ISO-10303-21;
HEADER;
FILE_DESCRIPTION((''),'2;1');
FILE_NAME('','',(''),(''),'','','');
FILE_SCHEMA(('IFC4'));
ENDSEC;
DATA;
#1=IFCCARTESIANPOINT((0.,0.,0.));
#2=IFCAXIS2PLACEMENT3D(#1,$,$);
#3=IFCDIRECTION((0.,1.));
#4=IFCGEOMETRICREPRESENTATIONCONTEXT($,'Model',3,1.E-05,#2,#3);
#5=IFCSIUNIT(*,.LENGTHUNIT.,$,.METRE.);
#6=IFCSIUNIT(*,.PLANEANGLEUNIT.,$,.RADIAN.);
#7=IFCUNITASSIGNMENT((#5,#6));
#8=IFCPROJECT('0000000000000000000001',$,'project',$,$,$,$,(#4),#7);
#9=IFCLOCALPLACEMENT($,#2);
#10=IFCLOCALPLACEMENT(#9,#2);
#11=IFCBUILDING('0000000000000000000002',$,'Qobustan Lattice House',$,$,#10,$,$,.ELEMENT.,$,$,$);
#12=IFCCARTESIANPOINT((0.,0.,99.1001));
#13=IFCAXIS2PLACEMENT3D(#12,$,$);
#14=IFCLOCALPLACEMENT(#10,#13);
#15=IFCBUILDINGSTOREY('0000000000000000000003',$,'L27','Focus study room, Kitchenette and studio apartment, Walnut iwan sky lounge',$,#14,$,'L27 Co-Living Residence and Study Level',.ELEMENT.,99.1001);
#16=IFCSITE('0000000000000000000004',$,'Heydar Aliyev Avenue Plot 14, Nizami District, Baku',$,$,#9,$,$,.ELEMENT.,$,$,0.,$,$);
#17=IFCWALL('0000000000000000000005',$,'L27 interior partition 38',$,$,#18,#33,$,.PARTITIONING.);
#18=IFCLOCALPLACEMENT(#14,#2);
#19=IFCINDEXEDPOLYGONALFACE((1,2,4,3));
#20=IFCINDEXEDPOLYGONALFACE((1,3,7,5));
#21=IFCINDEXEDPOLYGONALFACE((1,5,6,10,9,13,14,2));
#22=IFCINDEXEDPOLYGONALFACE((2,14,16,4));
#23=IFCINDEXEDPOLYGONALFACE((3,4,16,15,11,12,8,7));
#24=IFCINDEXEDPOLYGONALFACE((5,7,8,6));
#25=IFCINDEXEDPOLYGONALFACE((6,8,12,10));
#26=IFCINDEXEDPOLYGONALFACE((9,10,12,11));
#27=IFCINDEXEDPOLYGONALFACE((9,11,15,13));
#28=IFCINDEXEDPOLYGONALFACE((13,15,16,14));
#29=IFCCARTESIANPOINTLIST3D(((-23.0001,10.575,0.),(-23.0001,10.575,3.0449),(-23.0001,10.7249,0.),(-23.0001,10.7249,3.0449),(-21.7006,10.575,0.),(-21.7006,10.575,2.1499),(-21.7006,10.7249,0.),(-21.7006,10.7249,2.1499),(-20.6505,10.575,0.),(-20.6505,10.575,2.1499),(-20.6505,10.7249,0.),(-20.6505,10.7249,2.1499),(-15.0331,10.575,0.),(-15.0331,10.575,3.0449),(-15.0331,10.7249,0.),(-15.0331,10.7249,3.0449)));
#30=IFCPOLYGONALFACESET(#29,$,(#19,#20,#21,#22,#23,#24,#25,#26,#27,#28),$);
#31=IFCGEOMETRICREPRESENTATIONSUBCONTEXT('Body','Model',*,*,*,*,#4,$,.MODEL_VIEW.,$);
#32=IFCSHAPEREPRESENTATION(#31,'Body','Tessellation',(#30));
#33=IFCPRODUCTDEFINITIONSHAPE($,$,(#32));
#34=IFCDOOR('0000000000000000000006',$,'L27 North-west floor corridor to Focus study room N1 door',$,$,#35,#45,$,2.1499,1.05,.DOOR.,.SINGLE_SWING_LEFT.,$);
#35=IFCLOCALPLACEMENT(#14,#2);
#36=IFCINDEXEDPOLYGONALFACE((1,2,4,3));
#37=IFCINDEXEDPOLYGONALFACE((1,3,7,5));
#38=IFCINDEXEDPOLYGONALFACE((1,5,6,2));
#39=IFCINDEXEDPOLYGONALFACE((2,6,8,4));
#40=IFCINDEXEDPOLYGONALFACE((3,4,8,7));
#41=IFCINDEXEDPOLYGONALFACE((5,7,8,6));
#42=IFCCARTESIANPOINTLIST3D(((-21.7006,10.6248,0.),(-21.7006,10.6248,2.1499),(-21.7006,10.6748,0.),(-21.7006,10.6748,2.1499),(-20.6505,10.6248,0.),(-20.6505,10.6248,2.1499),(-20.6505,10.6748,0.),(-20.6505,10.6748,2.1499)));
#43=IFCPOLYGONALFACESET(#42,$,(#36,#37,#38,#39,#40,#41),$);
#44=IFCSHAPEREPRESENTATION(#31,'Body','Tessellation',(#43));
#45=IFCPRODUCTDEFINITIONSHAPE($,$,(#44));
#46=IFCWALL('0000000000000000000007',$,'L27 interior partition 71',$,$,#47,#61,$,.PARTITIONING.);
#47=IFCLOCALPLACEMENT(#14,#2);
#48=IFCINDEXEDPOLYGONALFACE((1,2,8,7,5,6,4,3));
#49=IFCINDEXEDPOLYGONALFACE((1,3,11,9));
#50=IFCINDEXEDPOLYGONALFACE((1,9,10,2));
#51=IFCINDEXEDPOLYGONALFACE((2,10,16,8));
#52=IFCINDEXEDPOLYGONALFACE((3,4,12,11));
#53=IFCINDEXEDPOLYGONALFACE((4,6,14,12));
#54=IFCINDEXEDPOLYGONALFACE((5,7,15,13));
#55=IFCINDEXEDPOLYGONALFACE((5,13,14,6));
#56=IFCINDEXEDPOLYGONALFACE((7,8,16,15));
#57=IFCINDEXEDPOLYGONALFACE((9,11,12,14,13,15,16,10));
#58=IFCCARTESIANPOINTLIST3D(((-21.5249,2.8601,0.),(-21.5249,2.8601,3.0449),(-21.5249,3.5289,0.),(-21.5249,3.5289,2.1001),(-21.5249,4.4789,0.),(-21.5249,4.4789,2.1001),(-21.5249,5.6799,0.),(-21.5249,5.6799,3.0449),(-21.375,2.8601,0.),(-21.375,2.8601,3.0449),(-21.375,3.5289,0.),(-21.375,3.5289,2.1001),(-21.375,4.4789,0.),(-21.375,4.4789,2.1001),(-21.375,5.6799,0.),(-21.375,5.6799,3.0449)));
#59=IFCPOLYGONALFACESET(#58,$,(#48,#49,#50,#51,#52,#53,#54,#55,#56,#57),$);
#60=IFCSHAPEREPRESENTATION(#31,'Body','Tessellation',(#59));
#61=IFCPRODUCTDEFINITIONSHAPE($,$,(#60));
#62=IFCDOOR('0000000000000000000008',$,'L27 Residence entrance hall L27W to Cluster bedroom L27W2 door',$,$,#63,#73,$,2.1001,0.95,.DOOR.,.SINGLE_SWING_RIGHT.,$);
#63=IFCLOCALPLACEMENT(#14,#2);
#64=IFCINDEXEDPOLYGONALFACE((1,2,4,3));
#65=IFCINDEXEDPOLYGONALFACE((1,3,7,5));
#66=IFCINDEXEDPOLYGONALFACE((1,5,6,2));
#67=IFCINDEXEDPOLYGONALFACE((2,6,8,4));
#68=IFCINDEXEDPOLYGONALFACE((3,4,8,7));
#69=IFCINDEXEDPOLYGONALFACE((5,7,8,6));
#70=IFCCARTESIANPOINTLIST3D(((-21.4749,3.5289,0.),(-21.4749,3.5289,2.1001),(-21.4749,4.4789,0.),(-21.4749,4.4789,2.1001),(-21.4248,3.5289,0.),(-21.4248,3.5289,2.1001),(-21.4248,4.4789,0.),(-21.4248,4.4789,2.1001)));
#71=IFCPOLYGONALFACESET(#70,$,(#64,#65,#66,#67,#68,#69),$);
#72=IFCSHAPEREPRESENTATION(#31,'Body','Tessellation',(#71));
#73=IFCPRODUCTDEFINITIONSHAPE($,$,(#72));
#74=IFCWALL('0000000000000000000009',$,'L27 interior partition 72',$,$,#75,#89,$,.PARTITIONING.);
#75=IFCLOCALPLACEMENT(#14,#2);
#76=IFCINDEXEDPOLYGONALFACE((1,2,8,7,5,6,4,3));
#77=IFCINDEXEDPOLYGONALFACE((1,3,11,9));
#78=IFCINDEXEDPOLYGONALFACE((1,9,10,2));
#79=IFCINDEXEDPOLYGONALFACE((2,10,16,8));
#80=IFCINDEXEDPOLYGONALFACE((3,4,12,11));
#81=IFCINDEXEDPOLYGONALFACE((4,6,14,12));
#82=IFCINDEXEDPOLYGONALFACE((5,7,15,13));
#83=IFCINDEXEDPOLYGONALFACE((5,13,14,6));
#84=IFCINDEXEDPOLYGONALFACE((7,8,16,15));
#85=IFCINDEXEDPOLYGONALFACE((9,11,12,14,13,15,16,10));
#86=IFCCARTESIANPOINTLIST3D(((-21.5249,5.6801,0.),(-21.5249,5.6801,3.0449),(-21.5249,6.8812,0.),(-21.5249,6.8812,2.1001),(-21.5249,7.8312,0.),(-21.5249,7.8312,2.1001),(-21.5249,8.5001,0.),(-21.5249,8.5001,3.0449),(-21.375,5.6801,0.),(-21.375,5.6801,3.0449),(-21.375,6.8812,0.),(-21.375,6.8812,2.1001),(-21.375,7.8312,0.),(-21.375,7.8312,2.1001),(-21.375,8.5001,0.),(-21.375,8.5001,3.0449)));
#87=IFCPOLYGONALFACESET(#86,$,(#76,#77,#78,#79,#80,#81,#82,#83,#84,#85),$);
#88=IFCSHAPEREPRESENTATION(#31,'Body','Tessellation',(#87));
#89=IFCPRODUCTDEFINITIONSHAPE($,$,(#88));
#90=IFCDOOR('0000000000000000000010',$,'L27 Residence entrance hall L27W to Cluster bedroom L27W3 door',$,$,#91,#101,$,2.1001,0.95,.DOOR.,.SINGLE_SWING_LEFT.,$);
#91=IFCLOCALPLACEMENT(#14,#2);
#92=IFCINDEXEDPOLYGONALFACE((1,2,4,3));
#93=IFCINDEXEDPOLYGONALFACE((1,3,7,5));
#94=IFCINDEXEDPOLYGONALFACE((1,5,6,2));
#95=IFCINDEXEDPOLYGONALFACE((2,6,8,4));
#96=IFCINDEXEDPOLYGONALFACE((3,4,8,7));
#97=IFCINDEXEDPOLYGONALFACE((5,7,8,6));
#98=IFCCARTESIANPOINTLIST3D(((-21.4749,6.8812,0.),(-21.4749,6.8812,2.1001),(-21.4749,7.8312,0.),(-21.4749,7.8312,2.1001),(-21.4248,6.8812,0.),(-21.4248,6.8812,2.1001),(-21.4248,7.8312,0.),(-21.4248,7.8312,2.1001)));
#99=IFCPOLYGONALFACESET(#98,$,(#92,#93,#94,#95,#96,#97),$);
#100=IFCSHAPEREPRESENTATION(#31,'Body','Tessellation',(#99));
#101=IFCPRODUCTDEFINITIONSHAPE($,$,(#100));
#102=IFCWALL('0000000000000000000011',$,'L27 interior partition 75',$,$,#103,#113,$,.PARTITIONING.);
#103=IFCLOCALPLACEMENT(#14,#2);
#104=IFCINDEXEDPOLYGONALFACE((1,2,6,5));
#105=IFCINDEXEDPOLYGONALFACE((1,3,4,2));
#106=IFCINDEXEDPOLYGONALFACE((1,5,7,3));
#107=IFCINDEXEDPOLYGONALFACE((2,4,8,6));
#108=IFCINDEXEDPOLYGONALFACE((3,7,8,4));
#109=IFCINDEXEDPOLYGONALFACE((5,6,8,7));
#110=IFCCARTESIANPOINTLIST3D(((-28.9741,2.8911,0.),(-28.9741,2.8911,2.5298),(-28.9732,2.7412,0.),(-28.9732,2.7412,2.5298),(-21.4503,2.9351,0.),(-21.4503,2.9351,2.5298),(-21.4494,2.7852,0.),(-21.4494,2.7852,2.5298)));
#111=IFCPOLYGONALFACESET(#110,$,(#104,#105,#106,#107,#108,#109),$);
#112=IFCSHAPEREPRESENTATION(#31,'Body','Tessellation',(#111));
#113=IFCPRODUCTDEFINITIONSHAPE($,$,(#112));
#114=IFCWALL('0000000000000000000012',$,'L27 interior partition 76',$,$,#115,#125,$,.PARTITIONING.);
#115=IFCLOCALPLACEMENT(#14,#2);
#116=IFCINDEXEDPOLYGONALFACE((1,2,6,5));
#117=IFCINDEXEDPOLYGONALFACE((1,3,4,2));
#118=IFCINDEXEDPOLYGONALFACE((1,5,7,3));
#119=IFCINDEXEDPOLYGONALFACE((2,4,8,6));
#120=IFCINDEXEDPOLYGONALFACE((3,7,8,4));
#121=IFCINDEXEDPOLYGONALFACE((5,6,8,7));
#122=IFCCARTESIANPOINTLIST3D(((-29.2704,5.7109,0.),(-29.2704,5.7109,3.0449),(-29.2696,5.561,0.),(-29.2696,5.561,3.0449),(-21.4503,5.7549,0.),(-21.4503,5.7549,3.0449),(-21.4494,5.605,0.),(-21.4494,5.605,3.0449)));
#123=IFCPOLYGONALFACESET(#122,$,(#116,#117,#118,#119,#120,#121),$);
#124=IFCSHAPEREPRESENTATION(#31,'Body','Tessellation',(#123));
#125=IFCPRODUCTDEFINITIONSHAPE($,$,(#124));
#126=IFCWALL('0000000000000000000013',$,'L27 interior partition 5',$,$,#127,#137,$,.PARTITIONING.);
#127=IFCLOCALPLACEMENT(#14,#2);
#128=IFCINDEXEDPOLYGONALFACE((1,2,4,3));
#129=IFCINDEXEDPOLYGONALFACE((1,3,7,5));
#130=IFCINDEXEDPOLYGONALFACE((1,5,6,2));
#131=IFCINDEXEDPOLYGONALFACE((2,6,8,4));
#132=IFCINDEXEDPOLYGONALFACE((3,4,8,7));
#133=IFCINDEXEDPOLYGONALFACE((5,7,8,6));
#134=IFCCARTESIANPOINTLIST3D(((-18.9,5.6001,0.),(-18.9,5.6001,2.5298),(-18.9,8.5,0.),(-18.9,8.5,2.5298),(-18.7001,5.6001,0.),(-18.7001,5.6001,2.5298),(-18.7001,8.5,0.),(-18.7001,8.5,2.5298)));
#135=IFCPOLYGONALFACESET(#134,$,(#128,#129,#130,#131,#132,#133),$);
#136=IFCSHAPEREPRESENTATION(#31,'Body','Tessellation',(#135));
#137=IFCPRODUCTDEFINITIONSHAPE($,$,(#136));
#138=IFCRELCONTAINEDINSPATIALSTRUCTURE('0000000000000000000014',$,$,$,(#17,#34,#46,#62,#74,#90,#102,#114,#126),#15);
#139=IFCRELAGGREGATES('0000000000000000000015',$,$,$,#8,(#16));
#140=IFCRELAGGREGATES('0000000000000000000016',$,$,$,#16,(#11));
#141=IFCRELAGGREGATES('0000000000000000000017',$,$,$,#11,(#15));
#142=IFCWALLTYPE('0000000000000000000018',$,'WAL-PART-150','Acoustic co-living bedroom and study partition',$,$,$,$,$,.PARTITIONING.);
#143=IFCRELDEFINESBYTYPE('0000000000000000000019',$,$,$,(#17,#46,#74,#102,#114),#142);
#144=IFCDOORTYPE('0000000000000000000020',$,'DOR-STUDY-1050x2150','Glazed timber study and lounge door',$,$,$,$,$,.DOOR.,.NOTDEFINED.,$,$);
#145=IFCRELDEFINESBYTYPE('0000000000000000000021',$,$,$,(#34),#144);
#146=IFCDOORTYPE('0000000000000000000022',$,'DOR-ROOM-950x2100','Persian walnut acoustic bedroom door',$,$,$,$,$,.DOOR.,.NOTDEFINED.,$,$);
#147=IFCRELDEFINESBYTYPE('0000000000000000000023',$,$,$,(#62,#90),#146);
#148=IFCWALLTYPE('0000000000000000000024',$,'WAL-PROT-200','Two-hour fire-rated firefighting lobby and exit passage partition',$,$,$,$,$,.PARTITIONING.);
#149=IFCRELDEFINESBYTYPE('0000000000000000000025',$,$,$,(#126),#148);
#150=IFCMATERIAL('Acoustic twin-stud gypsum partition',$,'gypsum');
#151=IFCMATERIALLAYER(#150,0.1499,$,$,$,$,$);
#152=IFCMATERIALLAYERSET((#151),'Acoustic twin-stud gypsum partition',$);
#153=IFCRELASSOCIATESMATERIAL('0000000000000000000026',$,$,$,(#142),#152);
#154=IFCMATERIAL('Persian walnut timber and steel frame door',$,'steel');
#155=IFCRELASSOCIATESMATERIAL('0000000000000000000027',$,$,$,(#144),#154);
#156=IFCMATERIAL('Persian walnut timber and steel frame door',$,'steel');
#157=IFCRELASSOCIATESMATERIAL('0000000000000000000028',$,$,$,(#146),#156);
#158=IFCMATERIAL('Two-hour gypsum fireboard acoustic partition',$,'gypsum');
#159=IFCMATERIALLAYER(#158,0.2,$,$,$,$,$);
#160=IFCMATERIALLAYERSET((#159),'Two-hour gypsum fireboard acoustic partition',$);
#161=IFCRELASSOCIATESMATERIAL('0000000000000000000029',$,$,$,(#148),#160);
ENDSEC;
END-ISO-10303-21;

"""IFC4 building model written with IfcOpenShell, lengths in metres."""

from ifc_helpers import new_model, si_unit, direction, frame, frame_2d, origin, place, context, subcontext, project, spatial, rectangle, extrude, material, layer, layer_set, type_object, element, fill, save


model = new_model("IFC4")

# Units and contexts
model_context = context("Model", 3, precision=1e-05, world=origin(), true_north=direction((0.0, 1.0)))
body_context = subcontext(model_context, "Body", "Model", "MODEL_VIEW")
ifc_project = project(units=[si_unit("LENGTHUNIT", "METRE"), si_unit("PLANEANGLEUNIT", "RADIAN")], contexts=[model_context])

# Site, building, storey
site_placement = place(None, origin())
site = spatial("IfcSite", under=ifc_project, at=site_placement, Name="Heydar Aliyev Avenue Plot 14, Nizami District, Baku", CompositionType="ELEMENT", RefElevation=0.0)
building_placement = place(site_placement, origin())
building = spatial("IfcBuilding", under=site, at=building_placement, Name="Qobustan Lattice House", CompositionType="ELEMENT")
storey_placement = place(building_placement, frame((0.0, 0.0, 99.1001)))
storey = spatial("IfcBuildingStorey", under=building, at=storey_placement, Name="L27", Description="Focus study room, Kitchenette and studio apartment, Walnut iwan sky lounge", LongName="L27 Co-Living Residence and Study Level", CompositionType="ELEMENT", Elevation=99.1001)

# Shared definitions
ifc_material_1 = material(Name="Acoustic twin-stud gypsum partition", Category="gypsum")
ifc_layer_1 = layer(ifc_material_1, 0.1499)
ifc_layer_set_1 = layer_set([ifc_layer_1], Name="Acoustic twin-stud gypsum partition")
wall_type_1 = type_object("IfcWallType", Name="WAL-PART-150", Description="Acoustic co-living bedroom and study partition", PredefinedType="PARTITIONING", material=ifc_layer_set_1)

# Walls, openings, doors
wall_1_placement = place(storey_placement, frame((-23.0, 10.6499, 0.0), z_axis=(0.0, 0.0, 1.0), x_axis=(1.0, 0.0, 0.0)))
wall_1 = element("IfcWall", 1, at=wall_1_placement, inside=storey, type_object=wall_type_1, Name="L27 interior partition 38", PredefinedType="PARTITIONING", context=body_context, shape_type="SweptSolid", body=[
    extrude(rectangle(XDim=7.967, YDim=0.1499, at=frame_2d((3.9834, 0.0))), origin(), (0.0, 0.0, 1.0), 3.0449),
])
opening_1_placement = place(wall_1_placement, frame((1.2996, 0.0, 0.0)))
opening_1 = element("IfcOpeningElement", 2, at=opening_1_placement, cuts=wall_1, PredefinedType="OPENING", context=body_context, shape_type="SweptSolid", body=[
    extrude(rectangle(XDim=1.05, YDim=2.1499, at=frame_2d((0.5249, 1.075))), frame((0.0, 0.085, 0.0), z_axis=(0.0, -1.0, 0.0), x_axis=(1.0, 0.0, 0.0)), (0.0, 0.0, 1.0), 0.1699),
])
ifc_material_2 = material(Name="Persian walnut timber and steel frame door", Category="steel")
door_type_1 = type_object("IfcDoorType", Name="DOR-STUDY-1050x2150", Description="Glazed timber study and lounge door", OperationType="NOTDEFINED", PredefinedType="DOOR", material=ifc_material_2)
door_1_placement = place(opening_1_placement, origin())
door_1 = element("IfcDoor", 3, at=door_1_placement, inside=storey, type_object=door_type_1, Name="L27 North-west floor corridor to Focus study room N1 door", OperationType="SINGLE_SWING_LEFT", OverallHeight=2.1499, OverallWidth=1.05, PredefinedType="DOOR", context=body_context, shape_type="SweptSolid", body=[
    extrude(rectangle(XDim=1.05, YDim=2.1499, at=frame_2d((0.5249, 1.075))), frame((0.0, 0.0249, 0.0), z_axis=(0.0, -1.0, 0.0), x_axis=(1.0, 0.0, 0.0)), (0.0, 0.0, 1.0), 0.05),
])
fill(opening_1, door_1)
wall_2_placement = place(storey_placement, frame((-21.45, 2.8601, 0.0), z_axis=(0.0, 0.0, 1.0), x_axis=(0.0, 1.0, 0.0)))
wall_2 = element("IfcWall", 4, at=wall_2_placement, inside=storey, type_object=wall_type_1, Name="L27 interior partition 71", PredefinedType="PARTITIONING", context=body_context, shape_type="SweptSolid", body=[
    extrude(rectangle(XDim=2.8198, YDim=0.1499, at=frame_2d((1.4099, 0.0))), origin(), (0.0, 0.0, 1.0), 3.0449),
])
opening_2_placement = place(wall_2_placement, frame((0.6687, 0.0, 0.0)))
opening_2 = element("IfcOpeningElement", 5, at=opening_2_placement, cuts=wall_2, PredefinedType="OPENING", context=body_context, shape_type="SweptSolid", body=[
    extrude(rectangle(XDim=0.95, YDim=2.1001, at=frame_2d((0.4751, 1.05))), frame((0.0, 0.085, 0.0), z_axis=(0.0, -1.0, 0.0), x_axis=(1.0, 0.0, 0.0)), (0.0, 0.0, 1.0), 0.1699),
])
ifc_material_3 = material(Name="Persian walnut timber and steel frame door", Category="steel")
door_type_2 = type_object("IfcDoorType", Name="DOR-ROOM-950x2100", Description="Persian walnut acoustic bedroom door", OperationType="NOTDEFINED", PredefinedType="DOOR", material=ifc_material_3)
door_2_placement = place(opening_2_placement, origin())
door_2 = element("IfcDoor", 6, at=door_2_placement, inside=storey, type_object=door_type_2, Name="L27 Residence entrance hall L27W to Cluster bedroom L27W2 door", OperationType="SINGLE_SWING_RIGHT", OverallHeight=2.1001, OverallWidth=0.95, PredefinedType="DOOR", context=body_context, shape_type="SweptSolid", body=[
    extrude(rectangle(XDim=0.95, YDim=2.1001, at=frame_2d((0.4751, 1.05))), frame((0.0, 0.0249, 0.0), z_axis=(0.0, -1.0, 0.0), x_axis=(1.0, 0.0, 0.0)), (0.0, 0.0, 1.0), 0.05),
])
fill(opening_2, door_2)
wall_3_placement = place(storey_placement, frame((-21.45, 5.6799, 0.0), z_axis=(0.0, 0.0, 1.0), x_axis=(0.0, 1.0, 0.0)))
wall_3 = element("IfcWall", 7, at=wall_3_placement, inside=storey, type_object=wall_type_1, Name="L27 interior partition 72", PredefinedType="PARTITIONING", context=body_context, shape_type="SweptSolid", body=[
    extrude(rectangle(XDim=2.8201, YDim=0.1499, at=frame_2d((1.4102, 0.0))), origin(), (0.0, 0.0, 1.0), 3.0449),
])
opening_3_placement = place(wall_3_placement, frame((1.2012, 0.0, 0.0)))
opening_3 = element("IfcOpeningElement", 8, at=opening_3_placement, cuts=wall_3, PredefinedType="OPENING", context=body_context, shape_type="SweptSolid", body=[
    extrude(rectangle(XDim=0.95, YDim=2.1001, at=frame_2d((0.4751, 1.05))), frame((0.0, 0.085, 0.0), z_axis=(0.0, -1.0, 0.0), x_axis=(1.0, 0.0, 0.0)), (0.0, 0.0, 1.0), 0.1699),
])
door_3_placement = place(opening_3_placement, origin())
door_3 = element("IfcDoor", 9, at=door_3_placement, inside=storey, type_object=door_type_2, Name="L27 Residence entrance hall L27W to Cluster bedroom L27W3 door", OperationType="SINGLE_SWING_LEFT", OverallHeight=2.1001, OverallWidth=0.95, PredefinedType="DOOR", context=body_context, shape_type="SweptSolid", body=[
    extrude(rectangle(XDim=0.95, YDim=2.1001, at=frame_2d((0.4751, 1.05))), frame((0.0, 0.0249, 0.0), z_axis=(0.0, -1.0, 0.0), x_axis=(1.0, 0.0, 0.0)), (0.0, 0.0, 1.0), 0.05),
])
fill(opening_3, door_3)

# Walls
wall_4_placement = place(storey_placement, frame((-28.9736, 2.8162, 0.0), z_axis=(0.0, 0.0, 1.0), x_axis=(0.999983, 0.005841, 0.0)))
element("IfcWall", 10, at=wall_4_placement, inside=storey, type_object=wall_type_1, Name="L27 interior partition 75", PredefinedType="PARTITIONING", context=body_context, shape_type="SweptSolid", body=[
    extrude(rectangle(XDim=7.5239, YDim=0.1499, at=frame_2d((3.762, 0.0))), origin(), (0.0, 0.0, 1.0), 2.5298),
])
wall_5_placement = place(storey_placement, frame((-29.27, 5.636, 0.0), z_axis=(0.0, 0.0, 1.0), x_axis=(0.999984, 0.005619, 0.0)))
element("IfcWall", 11, at=wall_5_placement, inside=storey, type_object=wall_type_1, Name="L27 interior partition 76", PredefinedType="PARTITIONING", context=body_context, shape_type="SweptSolid", body=[
    extrude(rectangle(XDim=7.8203, YDim=0.1499, at=frame_2d((3.9102, 0.0))), origin(), (0.0, 0.0, 1.0), 3.0449),
])
ifc_material_4 = material(Name="Two-hour gypsum fireboard acoustic partition", Category="gypsum")
ifc_layer_2 = layer(ifc_material_4, 0.2)
ifc_layer_set_2 = layer_set([ifc_layer_2], Name="Two-hour gypsum fireboard acoustic partition")
wall_type_2 = type_object("IfcWallType", Name="WAL-PROT-200", Description="Two-hour fire-rated firefighting lobby and exit passage partition", PredefinedType="PARTITIONING", material=ifc_layer_set_2)
wall_6_placement = place(storey_placement, frame((-18.8, 8.5, 0.0), z_axis=(0.0, 0.0, 1.0), x_axis=(0.0, -1.0, 0.0)))
element("IfcWall", 12, at=wall_6_placement, inside=storey, type_object=wall_type_2, Name="L27 interior partition 5", PredefinedType="PARTITIONING", context=body_context, shape_type="SweptSolid", body=[
    extrude(rectangle(XDim=2.8999, YDim=0.2, at=frame_2d((1.45, 0.0))), origin(), (0.0, 0.0, 1.0), 2.5298),
])

save(model, "model.ifc")
